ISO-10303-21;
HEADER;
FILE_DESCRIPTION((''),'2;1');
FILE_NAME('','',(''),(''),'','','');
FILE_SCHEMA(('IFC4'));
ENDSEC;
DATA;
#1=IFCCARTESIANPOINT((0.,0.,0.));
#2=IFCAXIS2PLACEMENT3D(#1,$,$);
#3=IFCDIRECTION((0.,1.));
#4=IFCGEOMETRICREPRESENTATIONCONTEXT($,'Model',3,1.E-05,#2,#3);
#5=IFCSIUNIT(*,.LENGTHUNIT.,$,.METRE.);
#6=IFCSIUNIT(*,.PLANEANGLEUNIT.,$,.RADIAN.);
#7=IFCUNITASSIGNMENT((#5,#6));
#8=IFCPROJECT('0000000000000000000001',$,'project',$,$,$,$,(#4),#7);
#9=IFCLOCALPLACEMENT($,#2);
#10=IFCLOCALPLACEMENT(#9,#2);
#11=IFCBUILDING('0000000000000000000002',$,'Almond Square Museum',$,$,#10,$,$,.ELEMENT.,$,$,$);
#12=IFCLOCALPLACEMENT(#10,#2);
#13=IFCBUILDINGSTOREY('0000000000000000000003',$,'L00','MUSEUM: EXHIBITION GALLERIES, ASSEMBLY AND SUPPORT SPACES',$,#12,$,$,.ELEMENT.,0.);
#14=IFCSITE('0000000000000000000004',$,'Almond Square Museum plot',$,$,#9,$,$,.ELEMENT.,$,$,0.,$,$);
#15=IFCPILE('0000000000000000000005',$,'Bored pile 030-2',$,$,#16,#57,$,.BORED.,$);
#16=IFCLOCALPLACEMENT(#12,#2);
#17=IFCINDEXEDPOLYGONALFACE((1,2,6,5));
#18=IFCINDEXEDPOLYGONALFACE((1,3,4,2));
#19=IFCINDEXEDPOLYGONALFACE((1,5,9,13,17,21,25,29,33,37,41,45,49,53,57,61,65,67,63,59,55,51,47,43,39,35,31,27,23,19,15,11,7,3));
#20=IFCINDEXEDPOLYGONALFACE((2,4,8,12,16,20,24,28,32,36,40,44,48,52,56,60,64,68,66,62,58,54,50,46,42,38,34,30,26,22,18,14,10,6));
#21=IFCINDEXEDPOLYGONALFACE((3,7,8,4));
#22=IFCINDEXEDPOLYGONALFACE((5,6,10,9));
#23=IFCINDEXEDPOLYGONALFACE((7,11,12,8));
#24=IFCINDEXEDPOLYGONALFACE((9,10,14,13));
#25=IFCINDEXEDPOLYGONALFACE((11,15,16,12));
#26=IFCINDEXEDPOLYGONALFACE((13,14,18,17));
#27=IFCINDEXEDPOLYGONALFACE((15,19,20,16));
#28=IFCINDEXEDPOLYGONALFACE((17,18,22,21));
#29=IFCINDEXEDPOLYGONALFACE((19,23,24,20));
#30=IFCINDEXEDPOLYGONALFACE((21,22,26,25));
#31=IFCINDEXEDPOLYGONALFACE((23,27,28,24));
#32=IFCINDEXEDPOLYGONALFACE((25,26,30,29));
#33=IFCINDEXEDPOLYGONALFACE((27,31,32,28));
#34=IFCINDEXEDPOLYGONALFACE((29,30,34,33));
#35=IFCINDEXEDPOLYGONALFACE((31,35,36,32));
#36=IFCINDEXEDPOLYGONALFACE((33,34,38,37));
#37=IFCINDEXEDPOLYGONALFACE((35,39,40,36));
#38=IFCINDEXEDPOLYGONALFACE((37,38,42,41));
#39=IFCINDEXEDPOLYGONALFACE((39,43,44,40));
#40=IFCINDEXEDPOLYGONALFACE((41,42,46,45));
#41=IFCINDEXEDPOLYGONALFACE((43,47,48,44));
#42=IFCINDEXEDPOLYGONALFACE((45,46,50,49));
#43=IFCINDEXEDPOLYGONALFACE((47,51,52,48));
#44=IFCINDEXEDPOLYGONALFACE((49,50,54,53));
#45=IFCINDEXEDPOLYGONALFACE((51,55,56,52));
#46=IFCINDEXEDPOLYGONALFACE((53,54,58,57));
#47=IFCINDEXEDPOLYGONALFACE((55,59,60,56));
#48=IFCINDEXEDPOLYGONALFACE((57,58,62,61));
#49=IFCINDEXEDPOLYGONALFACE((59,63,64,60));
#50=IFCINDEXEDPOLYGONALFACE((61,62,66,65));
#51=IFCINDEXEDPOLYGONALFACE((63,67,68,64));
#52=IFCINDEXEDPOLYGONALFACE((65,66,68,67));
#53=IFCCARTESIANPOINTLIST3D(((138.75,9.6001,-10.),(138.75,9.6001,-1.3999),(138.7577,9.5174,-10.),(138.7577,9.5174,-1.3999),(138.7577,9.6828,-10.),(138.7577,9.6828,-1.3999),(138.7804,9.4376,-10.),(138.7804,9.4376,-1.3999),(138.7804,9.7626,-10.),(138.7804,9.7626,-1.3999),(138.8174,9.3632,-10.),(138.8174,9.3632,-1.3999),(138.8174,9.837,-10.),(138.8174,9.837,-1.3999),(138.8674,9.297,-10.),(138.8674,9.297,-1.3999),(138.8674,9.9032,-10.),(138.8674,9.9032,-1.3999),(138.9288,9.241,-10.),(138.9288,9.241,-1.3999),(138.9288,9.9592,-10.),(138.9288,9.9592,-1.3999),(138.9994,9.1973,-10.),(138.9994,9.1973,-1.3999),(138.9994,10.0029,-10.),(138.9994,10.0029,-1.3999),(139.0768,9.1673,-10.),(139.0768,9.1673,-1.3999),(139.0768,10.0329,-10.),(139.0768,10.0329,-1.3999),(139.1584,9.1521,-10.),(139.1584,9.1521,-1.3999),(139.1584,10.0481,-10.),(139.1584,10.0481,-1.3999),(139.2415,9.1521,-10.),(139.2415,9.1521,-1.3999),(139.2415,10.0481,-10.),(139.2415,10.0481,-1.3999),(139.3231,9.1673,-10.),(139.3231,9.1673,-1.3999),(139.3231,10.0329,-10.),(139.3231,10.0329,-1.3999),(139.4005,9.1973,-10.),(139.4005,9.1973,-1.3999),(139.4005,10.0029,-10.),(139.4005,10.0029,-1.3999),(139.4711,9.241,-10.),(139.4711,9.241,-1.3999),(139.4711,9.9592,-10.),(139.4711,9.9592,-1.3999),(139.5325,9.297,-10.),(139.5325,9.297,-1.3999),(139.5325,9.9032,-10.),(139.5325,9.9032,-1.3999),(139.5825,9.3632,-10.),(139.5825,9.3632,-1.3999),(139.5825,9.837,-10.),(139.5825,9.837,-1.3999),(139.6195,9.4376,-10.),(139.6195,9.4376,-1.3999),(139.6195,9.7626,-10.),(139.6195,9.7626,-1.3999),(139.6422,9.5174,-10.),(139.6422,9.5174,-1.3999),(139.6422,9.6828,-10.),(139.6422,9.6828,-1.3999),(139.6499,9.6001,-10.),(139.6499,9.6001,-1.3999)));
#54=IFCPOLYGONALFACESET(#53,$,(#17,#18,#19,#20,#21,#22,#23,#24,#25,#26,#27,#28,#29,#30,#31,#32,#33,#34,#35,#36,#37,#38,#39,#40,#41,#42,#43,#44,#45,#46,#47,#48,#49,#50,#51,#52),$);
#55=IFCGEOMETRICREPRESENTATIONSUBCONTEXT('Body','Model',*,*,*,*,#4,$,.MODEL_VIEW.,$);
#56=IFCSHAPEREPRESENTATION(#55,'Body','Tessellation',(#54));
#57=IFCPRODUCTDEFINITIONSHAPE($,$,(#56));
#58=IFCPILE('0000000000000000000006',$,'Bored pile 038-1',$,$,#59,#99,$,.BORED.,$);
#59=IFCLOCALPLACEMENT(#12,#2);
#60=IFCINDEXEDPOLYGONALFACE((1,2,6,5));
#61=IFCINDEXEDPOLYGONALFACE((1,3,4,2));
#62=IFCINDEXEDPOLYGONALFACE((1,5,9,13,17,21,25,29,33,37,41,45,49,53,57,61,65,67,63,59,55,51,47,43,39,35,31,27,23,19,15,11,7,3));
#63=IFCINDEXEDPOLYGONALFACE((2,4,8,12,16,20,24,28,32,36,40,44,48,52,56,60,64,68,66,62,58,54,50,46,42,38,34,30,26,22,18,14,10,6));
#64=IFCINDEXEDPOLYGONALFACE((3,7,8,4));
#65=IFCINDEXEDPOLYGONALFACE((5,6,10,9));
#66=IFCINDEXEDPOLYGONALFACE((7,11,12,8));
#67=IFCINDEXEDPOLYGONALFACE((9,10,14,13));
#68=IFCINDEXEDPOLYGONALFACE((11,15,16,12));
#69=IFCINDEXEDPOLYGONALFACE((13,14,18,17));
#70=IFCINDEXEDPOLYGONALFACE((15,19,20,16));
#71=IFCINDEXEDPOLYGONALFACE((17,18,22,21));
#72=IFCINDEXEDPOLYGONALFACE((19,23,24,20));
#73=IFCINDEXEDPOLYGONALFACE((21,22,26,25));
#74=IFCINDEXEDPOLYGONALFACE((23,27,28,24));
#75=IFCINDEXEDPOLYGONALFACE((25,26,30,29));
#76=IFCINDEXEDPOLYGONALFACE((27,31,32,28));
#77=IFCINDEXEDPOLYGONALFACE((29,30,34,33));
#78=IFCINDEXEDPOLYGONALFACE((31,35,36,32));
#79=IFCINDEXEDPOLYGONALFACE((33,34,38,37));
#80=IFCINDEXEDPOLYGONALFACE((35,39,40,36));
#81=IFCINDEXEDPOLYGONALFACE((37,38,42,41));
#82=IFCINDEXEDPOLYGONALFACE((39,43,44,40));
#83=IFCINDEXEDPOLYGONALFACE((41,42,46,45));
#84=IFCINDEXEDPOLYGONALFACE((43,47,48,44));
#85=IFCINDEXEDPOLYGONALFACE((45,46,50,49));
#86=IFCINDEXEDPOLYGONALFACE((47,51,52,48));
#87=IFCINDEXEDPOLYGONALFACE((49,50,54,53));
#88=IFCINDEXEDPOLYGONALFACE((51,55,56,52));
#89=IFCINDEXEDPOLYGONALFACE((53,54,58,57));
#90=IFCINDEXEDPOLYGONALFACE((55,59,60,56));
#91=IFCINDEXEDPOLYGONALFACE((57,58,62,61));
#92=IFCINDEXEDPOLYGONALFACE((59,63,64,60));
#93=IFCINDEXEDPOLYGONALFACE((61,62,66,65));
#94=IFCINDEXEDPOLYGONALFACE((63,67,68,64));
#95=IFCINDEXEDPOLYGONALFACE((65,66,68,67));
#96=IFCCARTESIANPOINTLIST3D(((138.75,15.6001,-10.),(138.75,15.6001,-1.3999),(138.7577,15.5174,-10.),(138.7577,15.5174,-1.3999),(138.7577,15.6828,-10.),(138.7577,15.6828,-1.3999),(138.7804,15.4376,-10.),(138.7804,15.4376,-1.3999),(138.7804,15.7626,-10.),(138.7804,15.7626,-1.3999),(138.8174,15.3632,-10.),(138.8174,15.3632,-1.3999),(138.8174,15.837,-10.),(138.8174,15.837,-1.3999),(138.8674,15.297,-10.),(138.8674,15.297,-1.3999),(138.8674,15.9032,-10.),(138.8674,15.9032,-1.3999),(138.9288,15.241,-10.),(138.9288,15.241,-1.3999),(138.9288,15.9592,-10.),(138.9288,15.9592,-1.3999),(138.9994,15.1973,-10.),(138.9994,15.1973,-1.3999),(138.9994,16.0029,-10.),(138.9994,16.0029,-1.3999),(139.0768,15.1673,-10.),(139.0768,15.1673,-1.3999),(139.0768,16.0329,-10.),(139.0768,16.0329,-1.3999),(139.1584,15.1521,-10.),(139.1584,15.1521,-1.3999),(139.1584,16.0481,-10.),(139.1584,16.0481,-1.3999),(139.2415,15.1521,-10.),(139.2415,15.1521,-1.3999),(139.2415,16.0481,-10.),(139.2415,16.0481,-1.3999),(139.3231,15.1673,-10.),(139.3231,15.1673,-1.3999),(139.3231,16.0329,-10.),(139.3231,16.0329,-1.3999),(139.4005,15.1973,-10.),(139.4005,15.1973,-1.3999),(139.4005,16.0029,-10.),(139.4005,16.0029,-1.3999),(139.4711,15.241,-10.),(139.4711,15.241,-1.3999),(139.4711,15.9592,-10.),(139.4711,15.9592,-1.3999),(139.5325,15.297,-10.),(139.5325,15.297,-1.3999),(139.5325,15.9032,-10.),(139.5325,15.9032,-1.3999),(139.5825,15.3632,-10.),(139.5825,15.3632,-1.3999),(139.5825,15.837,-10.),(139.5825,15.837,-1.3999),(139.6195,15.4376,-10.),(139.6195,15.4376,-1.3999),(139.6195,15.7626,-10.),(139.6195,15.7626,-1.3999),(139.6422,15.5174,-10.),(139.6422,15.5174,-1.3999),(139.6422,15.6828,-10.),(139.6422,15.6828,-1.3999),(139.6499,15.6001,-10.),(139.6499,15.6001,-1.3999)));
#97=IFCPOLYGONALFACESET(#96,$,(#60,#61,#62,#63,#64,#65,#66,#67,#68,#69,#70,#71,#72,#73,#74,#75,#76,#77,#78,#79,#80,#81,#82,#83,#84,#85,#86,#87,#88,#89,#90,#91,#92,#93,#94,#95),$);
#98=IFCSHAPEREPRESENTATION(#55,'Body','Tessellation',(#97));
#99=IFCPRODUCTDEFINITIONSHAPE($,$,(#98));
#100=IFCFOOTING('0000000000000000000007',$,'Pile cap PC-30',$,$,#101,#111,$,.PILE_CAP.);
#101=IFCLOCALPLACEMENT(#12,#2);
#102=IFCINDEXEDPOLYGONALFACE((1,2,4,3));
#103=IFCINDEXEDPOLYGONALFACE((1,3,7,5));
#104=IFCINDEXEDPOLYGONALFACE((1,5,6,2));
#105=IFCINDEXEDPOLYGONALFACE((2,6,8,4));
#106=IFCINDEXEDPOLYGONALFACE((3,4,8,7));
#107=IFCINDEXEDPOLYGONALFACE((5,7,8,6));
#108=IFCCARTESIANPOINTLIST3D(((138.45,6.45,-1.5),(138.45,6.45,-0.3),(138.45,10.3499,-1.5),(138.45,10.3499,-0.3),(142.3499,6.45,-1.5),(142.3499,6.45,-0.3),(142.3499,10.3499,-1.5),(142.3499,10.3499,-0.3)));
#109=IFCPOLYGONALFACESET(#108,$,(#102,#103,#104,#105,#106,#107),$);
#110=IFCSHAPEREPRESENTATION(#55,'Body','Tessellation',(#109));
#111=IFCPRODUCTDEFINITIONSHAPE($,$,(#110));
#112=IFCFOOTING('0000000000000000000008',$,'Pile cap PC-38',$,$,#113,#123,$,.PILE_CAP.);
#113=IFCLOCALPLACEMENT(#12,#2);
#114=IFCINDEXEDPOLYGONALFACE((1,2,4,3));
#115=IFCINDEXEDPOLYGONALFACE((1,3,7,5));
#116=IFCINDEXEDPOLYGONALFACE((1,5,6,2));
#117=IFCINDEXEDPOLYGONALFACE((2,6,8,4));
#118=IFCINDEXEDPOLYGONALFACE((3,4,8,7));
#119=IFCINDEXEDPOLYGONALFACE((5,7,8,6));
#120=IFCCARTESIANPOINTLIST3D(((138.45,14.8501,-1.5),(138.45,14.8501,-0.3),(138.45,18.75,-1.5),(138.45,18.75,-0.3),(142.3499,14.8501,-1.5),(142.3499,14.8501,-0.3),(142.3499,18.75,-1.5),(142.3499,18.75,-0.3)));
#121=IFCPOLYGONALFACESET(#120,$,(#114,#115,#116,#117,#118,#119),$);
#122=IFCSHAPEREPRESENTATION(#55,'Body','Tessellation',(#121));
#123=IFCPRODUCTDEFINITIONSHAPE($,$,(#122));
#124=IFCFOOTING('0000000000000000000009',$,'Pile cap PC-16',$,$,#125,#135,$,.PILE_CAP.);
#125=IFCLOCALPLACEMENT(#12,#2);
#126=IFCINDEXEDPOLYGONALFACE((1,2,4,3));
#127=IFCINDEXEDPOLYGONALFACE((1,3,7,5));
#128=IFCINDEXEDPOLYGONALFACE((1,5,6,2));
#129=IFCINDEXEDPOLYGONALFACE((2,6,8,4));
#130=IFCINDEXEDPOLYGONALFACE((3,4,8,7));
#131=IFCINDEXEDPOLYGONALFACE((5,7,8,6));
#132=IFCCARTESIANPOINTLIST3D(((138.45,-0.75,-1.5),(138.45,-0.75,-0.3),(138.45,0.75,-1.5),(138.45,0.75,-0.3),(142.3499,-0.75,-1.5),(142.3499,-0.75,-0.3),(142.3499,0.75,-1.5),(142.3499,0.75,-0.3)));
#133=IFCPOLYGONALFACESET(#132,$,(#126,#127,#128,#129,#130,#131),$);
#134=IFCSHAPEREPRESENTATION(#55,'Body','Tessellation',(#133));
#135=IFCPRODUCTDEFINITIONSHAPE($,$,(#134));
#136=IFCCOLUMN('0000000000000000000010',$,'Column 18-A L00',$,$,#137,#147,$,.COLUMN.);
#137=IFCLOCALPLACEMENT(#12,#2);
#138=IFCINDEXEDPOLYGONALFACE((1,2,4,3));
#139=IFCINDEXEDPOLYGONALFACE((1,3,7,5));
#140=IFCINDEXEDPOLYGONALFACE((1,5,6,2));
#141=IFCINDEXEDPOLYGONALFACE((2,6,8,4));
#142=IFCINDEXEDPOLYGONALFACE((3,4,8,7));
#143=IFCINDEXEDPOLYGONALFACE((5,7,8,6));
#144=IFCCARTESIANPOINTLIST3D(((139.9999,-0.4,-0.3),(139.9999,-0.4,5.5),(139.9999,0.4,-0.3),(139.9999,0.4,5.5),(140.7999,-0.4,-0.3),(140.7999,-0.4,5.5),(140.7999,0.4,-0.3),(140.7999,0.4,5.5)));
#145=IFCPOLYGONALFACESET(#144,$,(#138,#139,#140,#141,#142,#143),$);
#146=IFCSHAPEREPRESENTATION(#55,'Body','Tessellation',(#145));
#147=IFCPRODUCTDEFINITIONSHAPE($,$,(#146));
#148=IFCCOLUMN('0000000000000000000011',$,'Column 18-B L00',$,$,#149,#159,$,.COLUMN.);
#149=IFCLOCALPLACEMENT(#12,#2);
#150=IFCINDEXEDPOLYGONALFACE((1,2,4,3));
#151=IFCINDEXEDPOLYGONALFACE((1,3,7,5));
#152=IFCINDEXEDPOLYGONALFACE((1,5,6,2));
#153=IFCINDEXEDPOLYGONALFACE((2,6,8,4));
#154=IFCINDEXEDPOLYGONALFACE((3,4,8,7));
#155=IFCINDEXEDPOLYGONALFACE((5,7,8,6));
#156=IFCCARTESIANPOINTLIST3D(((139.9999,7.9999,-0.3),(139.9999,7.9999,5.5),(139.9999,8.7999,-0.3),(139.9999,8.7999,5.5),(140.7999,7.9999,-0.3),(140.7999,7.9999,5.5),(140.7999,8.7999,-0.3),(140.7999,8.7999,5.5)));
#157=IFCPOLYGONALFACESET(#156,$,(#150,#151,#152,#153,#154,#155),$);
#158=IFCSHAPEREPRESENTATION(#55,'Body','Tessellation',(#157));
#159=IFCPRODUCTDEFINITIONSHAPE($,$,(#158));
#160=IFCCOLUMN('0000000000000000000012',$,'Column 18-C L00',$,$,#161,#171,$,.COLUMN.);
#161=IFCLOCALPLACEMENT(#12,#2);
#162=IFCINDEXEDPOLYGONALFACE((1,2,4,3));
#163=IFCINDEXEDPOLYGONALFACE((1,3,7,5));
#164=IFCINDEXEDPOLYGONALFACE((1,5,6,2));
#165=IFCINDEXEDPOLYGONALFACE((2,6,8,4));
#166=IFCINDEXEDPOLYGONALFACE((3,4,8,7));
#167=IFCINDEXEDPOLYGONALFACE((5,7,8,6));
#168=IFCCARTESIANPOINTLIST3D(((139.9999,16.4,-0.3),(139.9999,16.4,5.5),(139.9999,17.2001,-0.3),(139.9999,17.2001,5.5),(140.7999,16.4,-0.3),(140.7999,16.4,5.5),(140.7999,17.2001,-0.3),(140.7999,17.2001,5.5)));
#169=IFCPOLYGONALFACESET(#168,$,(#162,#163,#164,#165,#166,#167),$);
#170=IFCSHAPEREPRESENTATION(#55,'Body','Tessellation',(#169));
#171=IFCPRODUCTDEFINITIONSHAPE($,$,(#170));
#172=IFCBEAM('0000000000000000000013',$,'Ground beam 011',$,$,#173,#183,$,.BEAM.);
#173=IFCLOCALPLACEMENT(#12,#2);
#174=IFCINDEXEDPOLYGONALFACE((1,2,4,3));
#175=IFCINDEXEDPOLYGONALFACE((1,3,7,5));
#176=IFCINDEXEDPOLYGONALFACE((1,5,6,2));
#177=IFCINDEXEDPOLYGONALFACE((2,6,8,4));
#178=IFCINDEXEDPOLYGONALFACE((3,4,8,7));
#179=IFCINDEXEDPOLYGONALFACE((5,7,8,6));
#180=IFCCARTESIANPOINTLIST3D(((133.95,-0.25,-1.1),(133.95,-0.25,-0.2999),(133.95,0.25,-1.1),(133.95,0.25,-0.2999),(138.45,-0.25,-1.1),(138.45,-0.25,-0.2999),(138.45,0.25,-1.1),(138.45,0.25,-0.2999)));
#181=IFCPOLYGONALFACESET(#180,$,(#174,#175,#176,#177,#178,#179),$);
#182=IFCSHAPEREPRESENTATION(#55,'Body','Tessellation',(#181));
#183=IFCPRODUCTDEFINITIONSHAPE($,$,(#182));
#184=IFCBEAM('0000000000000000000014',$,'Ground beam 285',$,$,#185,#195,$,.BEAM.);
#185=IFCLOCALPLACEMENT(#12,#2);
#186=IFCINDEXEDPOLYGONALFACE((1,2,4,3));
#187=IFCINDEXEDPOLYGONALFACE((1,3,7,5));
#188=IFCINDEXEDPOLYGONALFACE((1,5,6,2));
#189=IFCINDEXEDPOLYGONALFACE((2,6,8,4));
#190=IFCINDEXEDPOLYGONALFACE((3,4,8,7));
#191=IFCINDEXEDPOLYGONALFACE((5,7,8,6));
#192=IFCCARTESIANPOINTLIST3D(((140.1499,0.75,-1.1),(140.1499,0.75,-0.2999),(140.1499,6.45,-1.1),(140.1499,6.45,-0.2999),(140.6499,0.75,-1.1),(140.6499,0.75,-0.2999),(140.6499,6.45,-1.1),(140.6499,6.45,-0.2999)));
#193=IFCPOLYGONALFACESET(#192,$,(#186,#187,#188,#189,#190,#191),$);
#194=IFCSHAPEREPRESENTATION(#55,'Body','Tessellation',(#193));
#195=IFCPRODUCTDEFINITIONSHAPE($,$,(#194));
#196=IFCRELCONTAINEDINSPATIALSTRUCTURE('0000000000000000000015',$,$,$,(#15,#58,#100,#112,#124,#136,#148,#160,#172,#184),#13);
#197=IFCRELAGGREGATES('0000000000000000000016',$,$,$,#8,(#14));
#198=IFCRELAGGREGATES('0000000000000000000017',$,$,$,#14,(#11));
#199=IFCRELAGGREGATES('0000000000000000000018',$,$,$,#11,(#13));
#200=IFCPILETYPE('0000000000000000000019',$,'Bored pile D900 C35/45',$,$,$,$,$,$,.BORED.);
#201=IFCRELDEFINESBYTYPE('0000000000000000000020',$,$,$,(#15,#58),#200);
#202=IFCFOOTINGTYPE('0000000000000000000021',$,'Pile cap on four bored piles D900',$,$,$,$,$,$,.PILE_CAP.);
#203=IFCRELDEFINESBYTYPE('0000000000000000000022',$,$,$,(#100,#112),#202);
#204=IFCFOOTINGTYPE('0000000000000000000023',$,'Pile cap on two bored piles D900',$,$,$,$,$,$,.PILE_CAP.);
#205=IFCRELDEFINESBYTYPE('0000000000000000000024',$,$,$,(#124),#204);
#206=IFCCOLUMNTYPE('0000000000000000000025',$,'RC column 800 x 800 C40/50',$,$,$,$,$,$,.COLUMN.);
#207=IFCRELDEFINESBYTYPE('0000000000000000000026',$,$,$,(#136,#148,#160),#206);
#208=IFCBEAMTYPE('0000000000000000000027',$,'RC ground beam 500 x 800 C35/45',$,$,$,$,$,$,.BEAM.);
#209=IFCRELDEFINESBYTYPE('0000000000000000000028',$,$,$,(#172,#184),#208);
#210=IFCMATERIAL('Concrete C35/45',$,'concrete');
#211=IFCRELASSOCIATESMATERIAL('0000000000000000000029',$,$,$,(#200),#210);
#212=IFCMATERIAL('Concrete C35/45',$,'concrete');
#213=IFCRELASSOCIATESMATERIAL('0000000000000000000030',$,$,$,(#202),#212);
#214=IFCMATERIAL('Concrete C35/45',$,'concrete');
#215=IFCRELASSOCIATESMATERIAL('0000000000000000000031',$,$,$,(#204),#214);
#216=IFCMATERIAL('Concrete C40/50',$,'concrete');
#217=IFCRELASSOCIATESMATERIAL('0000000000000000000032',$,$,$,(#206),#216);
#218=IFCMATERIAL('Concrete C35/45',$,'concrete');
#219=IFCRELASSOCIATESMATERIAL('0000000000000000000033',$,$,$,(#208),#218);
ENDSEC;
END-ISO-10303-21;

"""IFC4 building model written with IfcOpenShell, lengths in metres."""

from ifc_helpers import new_model, si_unit, direction, frame, origin, origin_2d, place, context, subcontext, project, spatial, rectangle, circle, extrude, material, material_profile, profile_set, type_object, element, save


model = new_model("IFC4")

# Units and contexts
model_context = context("Model", 3, precision=1e-05, world=origin(), true_north=direction((0.0, 1.0)))
body_context = subcontext(model_context, "Body", "Model", "MODEL_VIEW")
ifc_project = project(units=[si_unit("LENGTHUNIT", "METRE"), si_unit("PLANEANGLEUNIT", "RADIAN")], contexts=[model_context])

# Site, building, storey
site_placement = place(None, origin())
site = spatial("IfcSite", under=ifc_project, at=site_placement, Name="Almond Square Museum plot", CompositionType="ELEMENT", RefElevation=0.0)
building_placement = place(site_placement, origin())
building = spatial("IfcBuilding", under=site, at=building_placement, Name="Almond Square Museum", CompositionType="ELEMENT")
storey_placement = place(building_placement, origin())
storey = spatial("IfcBuildingStorey", under=building, at=storey_placement, Name="L00", Description="MUSEUM: EXHIBITION GALLERIES, ASSEMBLY AND SUPPORT SPACES", CompositionType="ELEMENT", Elevation=0.0)

# Piles
ifc_material_1 = material(Name="Concrete C35/45", Category="concrete")
ifc_material_profile_1 = material_profile(ifc_material_1, circle(Radius=0.45, at=origin_2d()))
ifc_profile_set_1 = profile_set([ifc_material_profile_1], Name="Concrete C35/45")
pile_type = type_object("IfcPileType", Name="Bored pile D900 C35/45", PredefinedType="BORED", material=ifc_profile_set_1)
for number, where, z_axis, x_axis, name in (
    (1, (139.2, 9.6001, -1.3999), (0.0, 0.0, -1.0), (1.0, 0.0, 0.0), "Bored pile 030-2"),
    (2, (139.2, 15.6001, -1.3999), (0.0, 0.0, -1.0), (1.0, 0.0, 0.0), "Bored pile 038-1"),
):
    element("IfcPile", number, at=place(storey_placement, frame(where, z_axis=z_axis, x_axis=x_axis)), inside=storey, type_object=pile_type, Name=name, PredefinedType="BORED", context=body_context, shape_type="SweptSolid", body=[
        extrude(circle(Radius=0.45, at=origin_2d()), origin(), (0.0, 0.0, 1.0), 8.6001),
    ])

# Footings
ifc_material_2 = material(Name="Concrete C35/45", Category="concrete")
footing_type_1 = type_object("IfcFootingType", Name="Pile cap on four bored piles D900", PredefinedType="PILE_CAP", material=ifc_material_2)
for number, where, z_axis, x_axis, name in (
    (3, (140.3999, 8.3999, -1.5), (0.0, 0.0, 1.0), (1.0, 0.0, 0.0), "Pile cap PC-30"),
    (4, (140.3999, 16.8, -1.5), (0.0, 0.0, 1.0), (1.0, 0.0, 0.0), "Pile cap PC-38"),
):
    element("IfcFooting", number, at=place(storey_placement, frame(where, z_axis=z_axis, x_axis=x_axis)), inside=storey, type_object=footing_type_1, Name=name, PredefinedType="PILE_CAP", context=body_context, shape_type="SweptSolid", body=[
        extrude(rectangle(XDim=3.8999, YDim=3.8999, at=origin_2d()), origin(), (0.0, 0.0, 1.0), 1.2),
    ])
ifc_material_3 = material(Name="Concrete C35/45", Category="concrete")
footing_type_2 = type_object("IfcFootingType", Name="Pile cap on two bored piles D900", PredefinedType="PILE_CAP", material=ifc_material_3)
footing_placement = place(storey_placement, frame((140.3999, 0.0, -1.5), z_axis=(0.0, 0.0, 1.0), x_axis=(1.0, 0.0, 0.0)))
element("IfcFooting", 5, at=footing_placement, inside=storey, type_object=footing_type_2, Name="Pile cap PC-16", PredefinedType="PILE_CAP", context=body_context, shape_type="SweptSolid", body=[
    extrude(rectangle(XDim=3.8999, YDim=1.5, at=origin_2d()), origin(), (0.0, 0.0, 1.0), 1.2),
])

# Columns
ifc_material_4 = material(Name="Concrete C40/50", Category="concrete")
ifc_material_profile_2 = material_profile(ifc_material_4, rectangle(XDim=0.8, YDim=0.8, at=origin_2d()))
ifc_profile_set_2 = profile_set([ifc_material_profile_2], Name="Concrete C40/50")
column_type = type_object("IfcColumnType", Name="RC column 800 x 800 C40/50", PredefinedType="COLUMN", material=ifc_profile_set_2)
for number, where, z_axis, x_axis, name in (
    (6, (140.3999, 0.0, -0.3), (0.0, 0.0, 1.0), (1.0, 0.0, 0.0), "Column 18-A L00"),
    (7, (140.3999, 8.3999, -0.3), (0.0, 0.0, 1.0), (1.0, 0.0, 0.0), "Column 18-B L00"),
    (8, (140.3999, 16.8, -0.3), (0.0, 0.0, 1.0), (1.0, 0.0, 0.0), "Column 18-C L00"),
):
    element("IfcColumn", number, at=place(storey_placement, frame(where, z_axis=z_axis, x_axis=x_axis)), inside=storey, type_object=column_type, Name=name, PredefinedType="COLUMN", context=body_context, shape_type="SweptSolid", body=[
        extrude(rectangle(XDim=0.8, YDim=0.8, at=origin_2d()), origin(), (0.0, 0.0, 1.0), 5.8),
    ])

# Beams
ifc_material_5 = material(Name="Concrete C35/45", Category="concrete")
ifc_material_profile_3 = material_profile(ifc_material_5, rectangle(XDim=0.5, YDim=0.8, at=origin_2d()))
ifc_profile_set_3 = profile_set([ifc_material_profile_3], Name="Concrete C35/45")
beam_type = type_object("IfcBeamType", Name="RC ground beam 500 x 800 C35/45", PredefinedType="BEAM", material=ifc_profile_set_3)
beam_1_placement = place(storey_placement, frame((133.95, 0.0, -0.7), z_axis=(1.0, 0.0, 0.0), x_axis=(0.0, 1.0, 0.0)))
element("IfcBeam", 9, at=beam_1_placement, inside=storey, type_object=beam_type, Name="Ground beam 011", PredefinedType="BEAM", context=body_context, shape_type="SweptSolid", body=[
    extrude(rectangle(XDim=0.5, YDim=0.8, at=origin_2d()), origin(), (0.0, 0.0, 1.0), 4.5),
])
beam_2_placement = place(storey_placement, frame((140.3999, 0.75, -0.7), z_axis=(0.0, 1.0, 0.0), x_axis=(-1.0, 0.0, 0.0)))
element("IfcBeam", 10, at=beam_2_placement, inside=storey, type_object=beam_type, Name="Ground beam 285", PredefinedType="BEAM", context=body_context, shape_type="SweptSolid", body=[
    extrude(rectangle(XDim=0.5, YDim=0.8, at=origin_2d()), origin(), (0.0, 0.0, 1.0), 5.7),
])

save(model, "model.ifc")
